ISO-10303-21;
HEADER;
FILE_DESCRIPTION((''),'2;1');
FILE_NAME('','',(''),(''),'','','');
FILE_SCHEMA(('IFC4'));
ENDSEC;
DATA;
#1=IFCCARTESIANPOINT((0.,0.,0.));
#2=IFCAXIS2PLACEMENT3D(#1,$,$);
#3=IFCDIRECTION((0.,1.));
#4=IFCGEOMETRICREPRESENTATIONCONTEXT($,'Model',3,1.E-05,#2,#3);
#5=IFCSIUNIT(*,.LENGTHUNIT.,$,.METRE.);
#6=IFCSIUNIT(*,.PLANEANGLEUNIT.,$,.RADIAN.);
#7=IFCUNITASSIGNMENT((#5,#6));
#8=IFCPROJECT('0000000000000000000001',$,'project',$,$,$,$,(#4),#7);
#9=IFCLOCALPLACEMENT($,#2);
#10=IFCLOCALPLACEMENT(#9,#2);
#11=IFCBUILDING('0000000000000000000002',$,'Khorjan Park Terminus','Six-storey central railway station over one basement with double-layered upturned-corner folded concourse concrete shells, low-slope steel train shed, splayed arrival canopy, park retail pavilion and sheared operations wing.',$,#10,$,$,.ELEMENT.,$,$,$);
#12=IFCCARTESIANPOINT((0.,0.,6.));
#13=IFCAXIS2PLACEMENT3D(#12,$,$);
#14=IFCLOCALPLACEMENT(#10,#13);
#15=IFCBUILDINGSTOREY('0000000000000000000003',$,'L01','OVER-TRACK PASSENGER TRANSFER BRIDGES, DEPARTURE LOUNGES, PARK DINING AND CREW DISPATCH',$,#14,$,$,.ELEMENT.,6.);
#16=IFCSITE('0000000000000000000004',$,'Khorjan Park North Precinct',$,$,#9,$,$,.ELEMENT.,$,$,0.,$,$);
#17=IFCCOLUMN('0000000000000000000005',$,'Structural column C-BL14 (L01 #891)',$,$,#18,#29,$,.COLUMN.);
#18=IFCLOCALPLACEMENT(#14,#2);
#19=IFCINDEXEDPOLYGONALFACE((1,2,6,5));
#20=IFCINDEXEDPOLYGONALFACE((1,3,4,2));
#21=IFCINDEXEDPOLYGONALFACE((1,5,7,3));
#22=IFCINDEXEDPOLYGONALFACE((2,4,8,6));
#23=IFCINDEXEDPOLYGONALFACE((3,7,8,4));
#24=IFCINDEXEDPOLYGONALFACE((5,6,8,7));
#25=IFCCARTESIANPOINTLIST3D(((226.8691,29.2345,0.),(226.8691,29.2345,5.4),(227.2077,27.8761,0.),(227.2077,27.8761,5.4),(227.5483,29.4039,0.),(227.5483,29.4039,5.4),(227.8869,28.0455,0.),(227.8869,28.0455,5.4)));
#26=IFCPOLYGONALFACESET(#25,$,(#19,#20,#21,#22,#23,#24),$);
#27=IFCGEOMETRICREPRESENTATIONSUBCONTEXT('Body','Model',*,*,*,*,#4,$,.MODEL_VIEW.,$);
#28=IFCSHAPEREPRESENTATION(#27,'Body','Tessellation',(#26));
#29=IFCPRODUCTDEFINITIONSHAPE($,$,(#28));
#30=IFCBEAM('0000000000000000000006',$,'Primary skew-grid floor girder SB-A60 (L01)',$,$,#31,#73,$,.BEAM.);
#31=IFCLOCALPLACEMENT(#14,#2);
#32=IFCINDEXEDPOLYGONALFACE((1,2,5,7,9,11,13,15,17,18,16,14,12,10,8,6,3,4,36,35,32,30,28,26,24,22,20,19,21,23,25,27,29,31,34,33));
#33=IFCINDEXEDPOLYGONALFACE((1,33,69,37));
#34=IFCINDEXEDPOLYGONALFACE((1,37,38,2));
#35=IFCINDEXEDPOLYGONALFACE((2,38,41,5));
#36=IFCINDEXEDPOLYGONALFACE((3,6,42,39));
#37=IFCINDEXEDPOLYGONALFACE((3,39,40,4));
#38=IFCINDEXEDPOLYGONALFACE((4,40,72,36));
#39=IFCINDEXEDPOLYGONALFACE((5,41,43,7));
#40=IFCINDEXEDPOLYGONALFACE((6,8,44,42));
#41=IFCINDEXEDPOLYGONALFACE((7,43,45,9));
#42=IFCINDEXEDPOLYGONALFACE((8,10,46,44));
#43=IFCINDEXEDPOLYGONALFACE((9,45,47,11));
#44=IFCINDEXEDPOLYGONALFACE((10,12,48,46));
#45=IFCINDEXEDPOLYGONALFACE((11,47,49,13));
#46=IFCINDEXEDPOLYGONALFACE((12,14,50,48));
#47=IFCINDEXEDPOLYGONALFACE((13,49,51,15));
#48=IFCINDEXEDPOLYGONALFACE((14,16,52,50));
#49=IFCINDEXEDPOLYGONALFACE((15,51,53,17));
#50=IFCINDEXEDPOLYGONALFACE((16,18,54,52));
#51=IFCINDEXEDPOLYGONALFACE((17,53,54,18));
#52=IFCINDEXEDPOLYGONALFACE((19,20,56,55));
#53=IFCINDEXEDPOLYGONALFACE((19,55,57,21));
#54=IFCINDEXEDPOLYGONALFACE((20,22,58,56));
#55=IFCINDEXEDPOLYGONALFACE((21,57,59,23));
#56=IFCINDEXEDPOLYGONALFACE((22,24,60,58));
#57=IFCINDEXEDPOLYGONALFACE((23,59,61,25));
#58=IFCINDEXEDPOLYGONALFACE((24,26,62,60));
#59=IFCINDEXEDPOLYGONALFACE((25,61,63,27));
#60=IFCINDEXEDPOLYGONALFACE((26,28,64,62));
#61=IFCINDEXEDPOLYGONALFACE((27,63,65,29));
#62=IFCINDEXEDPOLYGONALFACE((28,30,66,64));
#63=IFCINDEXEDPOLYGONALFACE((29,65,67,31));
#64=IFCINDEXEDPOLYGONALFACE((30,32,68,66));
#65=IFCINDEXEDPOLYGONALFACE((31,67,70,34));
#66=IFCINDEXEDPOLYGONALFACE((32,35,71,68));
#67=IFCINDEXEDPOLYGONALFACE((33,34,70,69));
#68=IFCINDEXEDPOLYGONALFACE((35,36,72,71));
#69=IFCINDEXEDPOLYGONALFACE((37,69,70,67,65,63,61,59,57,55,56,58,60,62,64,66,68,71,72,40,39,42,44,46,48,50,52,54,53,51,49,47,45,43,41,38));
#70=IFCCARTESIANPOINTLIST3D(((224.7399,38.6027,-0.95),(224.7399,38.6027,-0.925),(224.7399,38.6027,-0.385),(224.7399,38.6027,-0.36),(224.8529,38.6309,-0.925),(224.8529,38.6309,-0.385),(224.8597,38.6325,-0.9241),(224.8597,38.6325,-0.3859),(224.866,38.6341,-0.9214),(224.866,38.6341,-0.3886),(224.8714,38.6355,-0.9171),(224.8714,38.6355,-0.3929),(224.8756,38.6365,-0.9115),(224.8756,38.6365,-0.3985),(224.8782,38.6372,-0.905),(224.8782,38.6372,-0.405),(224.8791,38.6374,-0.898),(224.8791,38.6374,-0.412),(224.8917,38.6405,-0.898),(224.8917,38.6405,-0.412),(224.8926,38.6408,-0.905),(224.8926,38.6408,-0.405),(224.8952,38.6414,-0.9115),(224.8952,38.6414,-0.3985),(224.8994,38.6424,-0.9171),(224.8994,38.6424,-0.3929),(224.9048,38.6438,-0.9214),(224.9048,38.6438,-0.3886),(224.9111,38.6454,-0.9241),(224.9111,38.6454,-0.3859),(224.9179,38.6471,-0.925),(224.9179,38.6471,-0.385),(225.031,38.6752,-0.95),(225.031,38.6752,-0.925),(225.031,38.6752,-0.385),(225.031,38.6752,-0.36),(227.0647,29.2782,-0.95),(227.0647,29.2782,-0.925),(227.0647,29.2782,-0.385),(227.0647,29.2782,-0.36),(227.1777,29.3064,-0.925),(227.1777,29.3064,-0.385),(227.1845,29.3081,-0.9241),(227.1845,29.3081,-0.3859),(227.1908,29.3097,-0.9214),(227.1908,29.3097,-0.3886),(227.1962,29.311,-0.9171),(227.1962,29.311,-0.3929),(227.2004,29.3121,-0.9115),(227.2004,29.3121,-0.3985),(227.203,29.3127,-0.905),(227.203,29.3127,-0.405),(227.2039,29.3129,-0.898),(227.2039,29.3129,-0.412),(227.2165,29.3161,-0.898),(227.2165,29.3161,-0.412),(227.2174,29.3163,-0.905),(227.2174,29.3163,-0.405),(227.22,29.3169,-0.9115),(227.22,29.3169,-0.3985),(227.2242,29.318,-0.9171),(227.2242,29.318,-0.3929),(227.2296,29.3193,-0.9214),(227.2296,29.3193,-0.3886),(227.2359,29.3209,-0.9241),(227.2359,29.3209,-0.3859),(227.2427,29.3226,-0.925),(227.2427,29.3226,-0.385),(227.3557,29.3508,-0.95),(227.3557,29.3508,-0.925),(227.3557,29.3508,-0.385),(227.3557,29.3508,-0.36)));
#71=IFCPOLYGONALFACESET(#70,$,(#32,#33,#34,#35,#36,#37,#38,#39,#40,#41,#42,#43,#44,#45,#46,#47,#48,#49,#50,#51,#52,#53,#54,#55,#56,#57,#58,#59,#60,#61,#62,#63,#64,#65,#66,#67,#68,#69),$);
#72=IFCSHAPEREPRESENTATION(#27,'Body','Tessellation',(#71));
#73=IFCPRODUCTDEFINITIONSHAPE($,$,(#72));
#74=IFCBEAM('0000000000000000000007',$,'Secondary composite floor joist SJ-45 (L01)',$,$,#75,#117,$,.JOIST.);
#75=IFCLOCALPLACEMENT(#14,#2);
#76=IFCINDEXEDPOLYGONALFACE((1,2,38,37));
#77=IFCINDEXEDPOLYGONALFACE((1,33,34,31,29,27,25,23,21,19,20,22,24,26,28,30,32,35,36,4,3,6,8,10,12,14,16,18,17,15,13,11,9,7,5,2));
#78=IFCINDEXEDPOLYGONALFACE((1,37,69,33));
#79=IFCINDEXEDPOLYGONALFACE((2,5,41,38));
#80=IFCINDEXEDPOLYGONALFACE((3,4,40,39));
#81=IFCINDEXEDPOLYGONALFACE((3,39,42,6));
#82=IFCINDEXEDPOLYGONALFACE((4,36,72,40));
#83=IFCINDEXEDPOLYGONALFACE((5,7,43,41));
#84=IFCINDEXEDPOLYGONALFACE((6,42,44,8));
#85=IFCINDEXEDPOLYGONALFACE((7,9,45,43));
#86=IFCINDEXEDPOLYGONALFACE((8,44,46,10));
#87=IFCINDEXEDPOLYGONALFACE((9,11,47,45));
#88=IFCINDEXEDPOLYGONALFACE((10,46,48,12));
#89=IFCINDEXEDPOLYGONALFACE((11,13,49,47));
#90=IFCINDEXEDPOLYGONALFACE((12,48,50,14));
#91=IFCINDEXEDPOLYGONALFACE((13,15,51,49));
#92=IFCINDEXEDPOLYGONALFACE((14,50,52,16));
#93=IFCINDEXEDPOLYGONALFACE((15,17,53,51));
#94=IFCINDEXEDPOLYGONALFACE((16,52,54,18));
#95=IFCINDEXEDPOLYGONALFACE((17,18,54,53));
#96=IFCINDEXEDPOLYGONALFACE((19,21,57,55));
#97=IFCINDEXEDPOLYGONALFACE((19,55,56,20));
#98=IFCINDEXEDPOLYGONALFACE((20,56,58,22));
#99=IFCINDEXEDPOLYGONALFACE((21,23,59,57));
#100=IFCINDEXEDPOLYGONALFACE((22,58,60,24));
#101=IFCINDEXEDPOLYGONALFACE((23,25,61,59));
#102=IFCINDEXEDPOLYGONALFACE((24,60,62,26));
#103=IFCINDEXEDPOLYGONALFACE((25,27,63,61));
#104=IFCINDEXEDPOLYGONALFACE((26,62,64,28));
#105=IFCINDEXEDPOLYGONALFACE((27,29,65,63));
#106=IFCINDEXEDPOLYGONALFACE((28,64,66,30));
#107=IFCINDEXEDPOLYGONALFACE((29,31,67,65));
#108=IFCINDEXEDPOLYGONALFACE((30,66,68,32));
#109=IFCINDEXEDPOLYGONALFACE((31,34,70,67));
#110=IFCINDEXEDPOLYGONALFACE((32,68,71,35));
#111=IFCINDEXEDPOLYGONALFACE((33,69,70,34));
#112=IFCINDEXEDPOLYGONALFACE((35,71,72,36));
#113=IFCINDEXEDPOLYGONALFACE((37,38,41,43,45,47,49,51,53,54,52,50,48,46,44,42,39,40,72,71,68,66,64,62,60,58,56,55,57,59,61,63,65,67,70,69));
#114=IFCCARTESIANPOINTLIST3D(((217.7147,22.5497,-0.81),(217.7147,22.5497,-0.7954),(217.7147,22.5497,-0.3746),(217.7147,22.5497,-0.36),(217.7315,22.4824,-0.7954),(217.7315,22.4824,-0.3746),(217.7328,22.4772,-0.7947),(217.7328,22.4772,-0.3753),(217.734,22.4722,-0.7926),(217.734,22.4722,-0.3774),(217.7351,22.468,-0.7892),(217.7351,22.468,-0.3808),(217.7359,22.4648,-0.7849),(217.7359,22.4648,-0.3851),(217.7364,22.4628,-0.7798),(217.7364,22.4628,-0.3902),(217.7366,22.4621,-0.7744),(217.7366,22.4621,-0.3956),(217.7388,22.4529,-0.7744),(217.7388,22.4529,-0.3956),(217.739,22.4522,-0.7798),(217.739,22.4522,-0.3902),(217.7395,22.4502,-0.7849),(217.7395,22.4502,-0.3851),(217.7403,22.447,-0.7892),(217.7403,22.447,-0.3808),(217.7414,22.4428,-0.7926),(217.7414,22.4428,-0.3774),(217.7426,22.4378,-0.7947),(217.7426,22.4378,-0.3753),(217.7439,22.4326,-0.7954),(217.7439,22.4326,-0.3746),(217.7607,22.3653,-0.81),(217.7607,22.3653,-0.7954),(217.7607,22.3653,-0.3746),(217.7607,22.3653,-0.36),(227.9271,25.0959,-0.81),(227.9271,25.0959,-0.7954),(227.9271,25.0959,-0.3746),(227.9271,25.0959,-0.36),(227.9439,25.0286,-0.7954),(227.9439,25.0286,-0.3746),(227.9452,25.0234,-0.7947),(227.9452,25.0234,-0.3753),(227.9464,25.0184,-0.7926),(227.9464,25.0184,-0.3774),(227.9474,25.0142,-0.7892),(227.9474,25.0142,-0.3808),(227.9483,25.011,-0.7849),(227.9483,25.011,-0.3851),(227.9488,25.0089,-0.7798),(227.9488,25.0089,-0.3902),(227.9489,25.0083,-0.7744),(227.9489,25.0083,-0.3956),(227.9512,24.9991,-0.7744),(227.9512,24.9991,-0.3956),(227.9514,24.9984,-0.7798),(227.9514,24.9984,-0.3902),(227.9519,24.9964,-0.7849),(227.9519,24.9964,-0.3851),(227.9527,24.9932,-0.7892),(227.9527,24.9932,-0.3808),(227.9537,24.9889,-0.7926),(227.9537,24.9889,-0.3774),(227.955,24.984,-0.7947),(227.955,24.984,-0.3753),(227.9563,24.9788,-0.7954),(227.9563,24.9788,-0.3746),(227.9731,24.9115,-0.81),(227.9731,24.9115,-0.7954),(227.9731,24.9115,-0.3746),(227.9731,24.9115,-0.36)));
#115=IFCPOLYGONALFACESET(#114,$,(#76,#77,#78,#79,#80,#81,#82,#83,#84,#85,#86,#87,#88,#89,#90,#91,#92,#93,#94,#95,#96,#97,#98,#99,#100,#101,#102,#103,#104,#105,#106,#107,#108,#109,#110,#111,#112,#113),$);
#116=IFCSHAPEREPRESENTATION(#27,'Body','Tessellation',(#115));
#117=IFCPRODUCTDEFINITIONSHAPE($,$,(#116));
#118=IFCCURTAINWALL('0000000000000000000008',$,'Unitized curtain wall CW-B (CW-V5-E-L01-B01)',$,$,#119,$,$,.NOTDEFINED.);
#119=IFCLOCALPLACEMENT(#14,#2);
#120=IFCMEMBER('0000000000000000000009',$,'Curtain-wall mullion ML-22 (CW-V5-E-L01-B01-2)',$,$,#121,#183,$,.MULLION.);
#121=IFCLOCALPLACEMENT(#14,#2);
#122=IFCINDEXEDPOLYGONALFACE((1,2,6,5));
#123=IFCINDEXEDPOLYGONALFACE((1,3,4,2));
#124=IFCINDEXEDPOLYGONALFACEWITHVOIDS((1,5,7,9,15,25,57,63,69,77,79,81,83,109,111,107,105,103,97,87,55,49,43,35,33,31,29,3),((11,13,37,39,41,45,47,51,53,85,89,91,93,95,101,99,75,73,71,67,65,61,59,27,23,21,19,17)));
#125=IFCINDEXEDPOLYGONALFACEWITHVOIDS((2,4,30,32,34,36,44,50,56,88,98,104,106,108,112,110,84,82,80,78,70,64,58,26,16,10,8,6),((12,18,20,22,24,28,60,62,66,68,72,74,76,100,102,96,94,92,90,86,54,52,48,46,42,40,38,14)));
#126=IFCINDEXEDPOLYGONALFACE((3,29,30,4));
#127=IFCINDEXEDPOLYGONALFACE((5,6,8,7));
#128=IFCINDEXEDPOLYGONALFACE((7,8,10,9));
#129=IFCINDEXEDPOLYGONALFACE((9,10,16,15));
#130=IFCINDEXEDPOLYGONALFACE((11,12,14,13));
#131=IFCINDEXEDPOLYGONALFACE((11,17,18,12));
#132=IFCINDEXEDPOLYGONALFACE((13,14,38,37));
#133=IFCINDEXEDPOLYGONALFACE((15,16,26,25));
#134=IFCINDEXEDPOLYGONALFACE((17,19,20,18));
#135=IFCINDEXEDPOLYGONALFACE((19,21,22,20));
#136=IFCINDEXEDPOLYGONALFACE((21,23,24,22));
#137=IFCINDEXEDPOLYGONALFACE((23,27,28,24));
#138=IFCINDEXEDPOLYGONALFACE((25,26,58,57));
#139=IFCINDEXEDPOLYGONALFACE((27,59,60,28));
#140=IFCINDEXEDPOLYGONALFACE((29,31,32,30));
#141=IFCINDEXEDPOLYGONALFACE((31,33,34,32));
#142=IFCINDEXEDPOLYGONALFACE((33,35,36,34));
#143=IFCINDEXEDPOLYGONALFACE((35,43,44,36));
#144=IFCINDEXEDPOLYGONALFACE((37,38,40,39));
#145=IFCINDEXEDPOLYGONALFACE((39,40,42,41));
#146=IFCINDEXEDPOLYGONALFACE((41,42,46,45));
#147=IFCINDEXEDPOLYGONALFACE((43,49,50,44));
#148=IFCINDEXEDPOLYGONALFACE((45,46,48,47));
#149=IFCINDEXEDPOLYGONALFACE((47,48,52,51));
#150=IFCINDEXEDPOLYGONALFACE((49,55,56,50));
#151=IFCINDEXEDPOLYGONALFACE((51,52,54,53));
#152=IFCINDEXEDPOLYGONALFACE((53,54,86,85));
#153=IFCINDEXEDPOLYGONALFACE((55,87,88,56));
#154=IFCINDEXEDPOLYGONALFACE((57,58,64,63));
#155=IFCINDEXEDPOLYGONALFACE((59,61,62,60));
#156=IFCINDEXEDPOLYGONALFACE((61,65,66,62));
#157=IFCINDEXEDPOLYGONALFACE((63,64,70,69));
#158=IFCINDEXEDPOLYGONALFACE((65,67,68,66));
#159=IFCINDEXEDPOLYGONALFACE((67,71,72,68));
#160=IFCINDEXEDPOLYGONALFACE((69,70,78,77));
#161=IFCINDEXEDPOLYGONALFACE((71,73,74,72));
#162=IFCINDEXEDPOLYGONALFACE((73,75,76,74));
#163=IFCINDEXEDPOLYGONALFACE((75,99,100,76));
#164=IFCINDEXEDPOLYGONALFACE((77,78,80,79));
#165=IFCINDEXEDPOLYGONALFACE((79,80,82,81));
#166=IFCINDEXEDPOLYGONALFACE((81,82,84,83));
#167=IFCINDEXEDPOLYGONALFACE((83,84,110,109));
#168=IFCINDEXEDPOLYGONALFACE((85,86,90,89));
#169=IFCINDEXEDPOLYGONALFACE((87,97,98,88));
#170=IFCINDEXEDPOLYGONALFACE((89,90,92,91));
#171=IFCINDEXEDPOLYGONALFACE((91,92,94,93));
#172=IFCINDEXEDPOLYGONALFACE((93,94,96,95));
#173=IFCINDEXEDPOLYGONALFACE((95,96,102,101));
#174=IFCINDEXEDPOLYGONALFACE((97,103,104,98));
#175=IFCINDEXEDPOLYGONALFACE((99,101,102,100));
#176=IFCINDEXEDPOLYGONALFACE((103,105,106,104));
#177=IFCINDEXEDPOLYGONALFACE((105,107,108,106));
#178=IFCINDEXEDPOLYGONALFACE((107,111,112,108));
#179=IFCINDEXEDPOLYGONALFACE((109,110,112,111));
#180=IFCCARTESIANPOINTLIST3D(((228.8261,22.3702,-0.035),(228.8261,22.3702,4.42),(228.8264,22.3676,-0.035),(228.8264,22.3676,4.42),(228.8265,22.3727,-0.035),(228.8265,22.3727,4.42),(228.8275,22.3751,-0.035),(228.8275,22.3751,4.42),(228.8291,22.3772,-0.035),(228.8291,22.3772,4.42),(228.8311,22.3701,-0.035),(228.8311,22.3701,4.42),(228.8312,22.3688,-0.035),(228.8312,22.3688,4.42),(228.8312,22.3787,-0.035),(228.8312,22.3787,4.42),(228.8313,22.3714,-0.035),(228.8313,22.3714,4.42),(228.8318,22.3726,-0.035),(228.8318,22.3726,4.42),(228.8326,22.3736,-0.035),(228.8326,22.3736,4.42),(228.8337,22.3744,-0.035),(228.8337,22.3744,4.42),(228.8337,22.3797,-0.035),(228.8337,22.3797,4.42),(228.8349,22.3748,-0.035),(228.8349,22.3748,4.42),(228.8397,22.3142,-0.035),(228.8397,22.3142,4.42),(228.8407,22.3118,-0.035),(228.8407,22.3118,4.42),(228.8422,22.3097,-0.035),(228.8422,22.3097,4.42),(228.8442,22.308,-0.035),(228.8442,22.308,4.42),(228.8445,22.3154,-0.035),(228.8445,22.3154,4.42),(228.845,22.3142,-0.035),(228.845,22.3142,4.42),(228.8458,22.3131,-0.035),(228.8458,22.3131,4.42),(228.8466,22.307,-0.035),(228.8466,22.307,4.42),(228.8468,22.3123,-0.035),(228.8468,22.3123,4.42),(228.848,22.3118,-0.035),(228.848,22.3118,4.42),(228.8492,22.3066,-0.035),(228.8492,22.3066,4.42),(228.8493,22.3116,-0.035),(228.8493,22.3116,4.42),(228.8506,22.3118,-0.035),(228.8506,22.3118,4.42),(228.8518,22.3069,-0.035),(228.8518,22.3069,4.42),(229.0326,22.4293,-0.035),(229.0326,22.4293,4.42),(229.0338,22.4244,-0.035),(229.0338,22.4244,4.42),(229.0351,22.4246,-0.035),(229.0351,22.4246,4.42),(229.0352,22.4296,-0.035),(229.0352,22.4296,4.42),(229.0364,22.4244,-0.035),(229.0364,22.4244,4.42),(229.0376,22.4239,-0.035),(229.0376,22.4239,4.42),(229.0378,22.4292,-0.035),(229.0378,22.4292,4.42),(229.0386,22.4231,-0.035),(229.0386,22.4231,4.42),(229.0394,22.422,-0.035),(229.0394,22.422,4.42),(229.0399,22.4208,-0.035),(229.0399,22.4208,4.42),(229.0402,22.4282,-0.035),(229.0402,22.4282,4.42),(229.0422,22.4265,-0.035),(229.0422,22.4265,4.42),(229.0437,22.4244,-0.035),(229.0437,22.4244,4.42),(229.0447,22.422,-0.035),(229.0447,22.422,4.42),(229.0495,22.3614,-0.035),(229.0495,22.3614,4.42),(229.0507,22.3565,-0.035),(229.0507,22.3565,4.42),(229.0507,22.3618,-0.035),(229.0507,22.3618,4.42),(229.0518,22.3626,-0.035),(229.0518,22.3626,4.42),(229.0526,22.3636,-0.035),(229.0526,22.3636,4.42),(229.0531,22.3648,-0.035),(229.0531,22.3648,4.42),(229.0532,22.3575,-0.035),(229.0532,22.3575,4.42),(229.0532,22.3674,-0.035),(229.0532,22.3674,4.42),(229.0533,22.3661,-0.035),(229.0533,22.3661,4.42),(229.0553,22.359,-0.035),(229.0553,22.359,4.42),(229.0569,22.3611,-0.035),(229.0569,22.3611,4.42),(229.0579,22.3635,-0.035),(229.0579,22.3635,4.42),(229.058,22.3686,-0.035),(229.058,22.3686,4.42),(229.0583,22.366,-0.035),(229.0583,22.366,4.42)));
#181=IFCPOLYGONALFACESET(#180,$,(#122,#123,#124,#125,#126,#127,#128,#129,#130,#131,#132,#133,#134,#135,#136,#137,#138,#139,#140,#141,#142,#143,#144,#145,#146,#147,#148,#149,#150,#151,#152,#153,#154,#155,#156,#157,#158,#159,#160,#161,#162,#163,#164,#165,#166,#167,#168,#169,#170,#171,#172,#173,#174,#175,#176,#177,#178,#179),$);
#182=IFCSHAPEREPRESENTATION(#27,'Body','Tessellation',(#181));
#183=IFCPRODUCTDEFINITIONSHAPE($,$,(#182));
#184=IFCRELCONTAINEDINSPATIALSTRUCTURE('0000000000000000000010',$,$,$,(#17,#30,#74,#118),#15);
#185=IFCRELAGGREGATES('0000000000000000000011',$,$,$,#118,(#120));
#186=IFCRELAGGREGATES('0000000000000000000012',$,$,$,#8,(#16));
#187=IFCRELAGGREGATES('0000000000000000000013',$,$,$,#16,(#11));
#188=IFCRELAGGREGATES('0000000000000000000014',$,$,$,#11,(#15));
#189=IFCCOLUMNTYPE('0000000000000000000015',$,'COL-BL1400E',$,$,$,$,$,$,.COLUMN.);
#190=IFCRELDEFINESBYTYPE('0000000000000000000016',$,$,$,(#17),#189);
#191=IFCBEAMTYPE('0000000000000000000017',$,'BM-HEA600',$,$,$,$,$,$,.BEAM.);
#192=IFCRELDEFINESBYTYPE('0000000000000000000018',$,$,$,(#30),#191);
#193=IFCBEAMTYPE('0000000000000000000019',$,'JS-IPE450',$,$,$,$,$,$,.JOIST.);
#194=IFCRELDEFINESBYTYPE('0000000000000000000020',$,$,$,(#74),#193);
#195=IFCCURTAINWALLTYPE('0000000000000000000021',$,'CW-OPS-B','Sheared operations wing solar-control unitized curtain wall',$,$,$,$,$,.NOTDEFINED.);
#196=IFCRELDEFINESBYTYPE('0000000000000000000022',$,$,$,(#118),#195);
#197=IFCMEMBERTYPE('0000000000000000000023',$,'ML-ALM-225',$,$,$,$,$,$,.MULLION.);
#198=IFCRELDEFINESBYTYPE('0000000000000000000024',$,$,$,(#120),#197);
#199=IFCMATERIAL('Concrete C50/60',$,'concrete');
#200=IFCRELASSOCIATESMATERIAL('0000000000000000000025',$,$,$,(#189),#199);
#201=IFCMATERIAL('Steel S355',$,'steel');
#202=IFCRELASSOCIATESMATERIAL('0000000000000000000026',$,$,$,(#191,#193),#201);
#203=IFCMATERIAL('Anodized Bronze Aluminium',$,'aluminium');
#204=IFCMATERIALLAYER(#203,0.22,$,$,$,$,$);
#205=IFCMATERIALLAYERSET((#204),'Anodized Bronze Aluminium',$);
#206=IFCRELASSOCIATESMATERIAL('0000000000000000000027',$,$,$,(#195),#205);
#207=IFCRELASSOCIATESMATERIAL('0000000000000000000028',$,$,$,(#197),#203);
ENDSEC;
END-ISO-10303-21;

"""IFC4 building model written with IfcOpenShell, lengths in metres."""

from ifc_helpers import new_model, si_unit, direction, frame, origin, origin_2d, place, context, subcontext, project, spatial, rectangle, hollow_rectangle, i_section, extrude, material, layer, layer_set, material_profile, profile_set, type_object, element, aggregate, save


model = new_model("IFC4")

# Units and contexts
model_context = context("Model", 3, precision=1e-05, world=origin(), true_north=direction((0.0, 1.0)))
body_context = subcontext(model_context, "Body", "Model", "MODEL_VIEW")
ifc_project = project(units=[si_unit("LENGTHUNIT", "METRE"), si_unit("PLANEANGLEUNIT", "RADIAN")], contexts=[model_context])

# Site, building, storey
site_placement = place(None, origin())
site = spatial("IfcSite", under=ifc_project, at=site_placement, Name="Khorjan Park North Precinct", CompositionType="ELEMENT", RefElevation=0.0)
building_placement = place(site_placement, origin())
building = spatial("IfcBuilding", under=site, at=building_placement, Name="Khorjan Park Terminus", Description="Six-storey central railway station over one basement with double-layered upturned-corner folded concourse concrete shells, low-slope steel train shed, splayed arrival canopy, park retail pavilion and sheared operations wing.", CompositionType="ELEMENT")
storey_placement = place(building_placement, frame((0.0, 0.0, 6.0)))
storey = spatial("IfcBuildingStorey", under=building, at=storey_placement, Name="L01", Description="OVER-TRACK PASSENGER TRANSFER BRIDGES, DEPARTURE LOUNGES, PARK DINING AND CREW DISPATCH", CompositionType="ELEMENT", Elevation=6.0)

# Column
ifc_material_1 = material(Name="Concrete C50/60", Category="concrete")
ifc_material_profile_1 = material_profile(ifc_material_1, rectangle(XDim=0.7, YDim=1.4, at=origin_2d()), Name="RC 700x1400")
ifc_profile_set_1 = profile_set([ifc_material_profile_1], Name="Concrete C50/60")
column_type = type_object("IfcColumnType", Name="COL-BL1400E", PredefinedType="COLUMN", material=ifc_profile_set_1)
column_placement = place(storey_placement, frame((227.378, 28.64, 0.0), z_axis=(0.0, 0.0, 1.0), x_axis=(0.970296, 0.241922, 0.0)))
element("IfcColumn", 1, at=column_placement, inside=storey, type_object=column_type, Name="Structural column C-BL14 (L01 #891)", PredefinedType="COLUMN", context=body_context, shape_type="SweptSolid", body=[
    extrude(rectangle(XDim=0.7, YDim=1.4, at=origin_2d()), origin(), (0.0, 0.0, 1.0), 5.4),
])

# Beams
ifc_material_2 = material(Name="Steel S355", Category="steel")
ifc_material_profile_2 = material_profile(ifc_material_2, i_section(OverallWidth=0.3, OverallDepth=0.59, WebThickness=0.013, FlangeThickness=0.025, FilletRadius=0.027, at=origin_2d()), Name="HEA 600")
ifc_profile_set_2 = profile_set([ifc_material_profile_2], Name="Steel S355")
beam_type_1 = type_object("IfcBeamType", Name="BM-HEA600", PredefinedType="BEAM", material=ifc_profile_set_2)
beam_1_placement = place(storey_placement, frame((227.2102, 29.3145, -0.655), z_axis=(-0.241916, 0.970297, 0.0), x_axis=(-0.970297, -0.241916, 0.0)))
element("IfcBeam", 2, at=beam_1_placement, inside=storey, type_object=beam_type_1, Name="Primary skew-grid floor girder SB-A60 (L01)", PredefinedType="BEAM", context=body_context, shape_type="SweptSolid", body=[
    extrude(i_section(OverallWidth=0.3, OverallDepth=0.59, WebThickness=0.013, FlangeThickness=0.025, FilletRadius=0.027, at=origin_2d()), origin(), (0.0, 0.0, 1.0), 9.6099),
])
ifc_material_profile_3 = material_profile(ifc_material_2, i_section(OverallWidth=0.19, OverallDepth=0.45, WebThickness=0.0094, FlangeThickness=0.0146, FilletRadius=0.021, at=origin_2d()), Name="IPE 450")
ifc_profile_set_3 = profile_set([ifc_material_profile_3], Name="Steel S355")
beam_type_2 = type_object("IfcBeamType", Name="JS-IPE450", PredefinedType="JOIST", material=ifc_profile_set_3)
beam_2_placement = place(storey_placement, frame((217.7377, 22.4575, -0.585), z_axis=(0.970297, 0.241919, 0.0), x_axis=(-0.241919, 0.970297, 0.0)))
element("IfcBeam", 3, at=beam_2_placement, inside=storey, type_object=beam_type_2, Name="Secondary composite floor joist SJ-45 (L01)", PredefinedType="JOIST", context=body_context, shape_type="SweptSolid", body=[
    extrude(i_section(OverallWidth=0.19, OverallDepth=0.45, WebThickness=0.0094, FlangeThickness=0.0146, FilletRadius=0.021, at=origin_2d()), origin(), (0.0, 0.0, 1.0), 10.525),
])

# Curtain wall, member
ifc_material_3 = material(Name="Anodized Bronze Aluminium", Category="aluminium")
ifc_layer_1 = layer(ifc_material_3, 0.22)
ifc_layer_set_1 = layer_set([ifc_layer_1], Name="Anodized Bronze Aluminium")
curtain_wall_type = type_object("IfcCurtainWallType", Name="CW-OPS-B", Description="Sheared operations wing solar-control unitized curtain wall", PredefinedType="NOTDEFINED", material=ifc_layer_set_1)
curtain_wall_placement = place(storey_placement, origin())
curtain_wall = element("IfcCurtainWall", 4, at=curtain_wall_placement, inside=storey, type_object=curtain_wall_type, Name="Unitized curtain wall CW-B (CW-V5-E-L01-B01)", PredefinedType="NOTDEFINED")
ifc_material_profile_4 = material_profile(ifc_material_3, hollow_rectangle(XDim=0.075, YDim=0.225, WallThickness=0.005, InnerFilletRadius=0.005, OuterFilletRadius=0.01, at=origin_2d()), Name="ALM 75x225x5")
ifc_profile_set_4 = profile_set([ifc_material_profile_4], Name="Anodized Bronze Aluminium")
member_type_1 = type_object("IfcMemberType", Name="ML-ALM-225", PredefinedType="MULLION", material=ifc_profile_set_4)
member_1_placement = place(storey_placement, frame((228.9422, 22.3681, -0.035), z_axis=(0.0, 0.0, 1.0), x_axis=(-0.24192, 0.970296, 0.0)))
member_1 = element("IfcMember", 5, at=member_1_placement, type_object=member_type_1, Name="Curtain-wall mullion ML-22 (CW-V5-E-L01-B01-2)", PredefinedType="MULLION", context=body_context, shape_type="SweptSolid", body=[
    extrude(hollow_rectangle(XDim=0.075, YDim=0.225, WallThickness=0.005, InnerFilletRadius=0.005, OuterFilletRadius=0.01, at=origin_2d()), origin(), (0.0, 0.0, 1.0), 4.455),
])
aggregate(curtain_wall, [member_1])

save(model, "model.ifc")
